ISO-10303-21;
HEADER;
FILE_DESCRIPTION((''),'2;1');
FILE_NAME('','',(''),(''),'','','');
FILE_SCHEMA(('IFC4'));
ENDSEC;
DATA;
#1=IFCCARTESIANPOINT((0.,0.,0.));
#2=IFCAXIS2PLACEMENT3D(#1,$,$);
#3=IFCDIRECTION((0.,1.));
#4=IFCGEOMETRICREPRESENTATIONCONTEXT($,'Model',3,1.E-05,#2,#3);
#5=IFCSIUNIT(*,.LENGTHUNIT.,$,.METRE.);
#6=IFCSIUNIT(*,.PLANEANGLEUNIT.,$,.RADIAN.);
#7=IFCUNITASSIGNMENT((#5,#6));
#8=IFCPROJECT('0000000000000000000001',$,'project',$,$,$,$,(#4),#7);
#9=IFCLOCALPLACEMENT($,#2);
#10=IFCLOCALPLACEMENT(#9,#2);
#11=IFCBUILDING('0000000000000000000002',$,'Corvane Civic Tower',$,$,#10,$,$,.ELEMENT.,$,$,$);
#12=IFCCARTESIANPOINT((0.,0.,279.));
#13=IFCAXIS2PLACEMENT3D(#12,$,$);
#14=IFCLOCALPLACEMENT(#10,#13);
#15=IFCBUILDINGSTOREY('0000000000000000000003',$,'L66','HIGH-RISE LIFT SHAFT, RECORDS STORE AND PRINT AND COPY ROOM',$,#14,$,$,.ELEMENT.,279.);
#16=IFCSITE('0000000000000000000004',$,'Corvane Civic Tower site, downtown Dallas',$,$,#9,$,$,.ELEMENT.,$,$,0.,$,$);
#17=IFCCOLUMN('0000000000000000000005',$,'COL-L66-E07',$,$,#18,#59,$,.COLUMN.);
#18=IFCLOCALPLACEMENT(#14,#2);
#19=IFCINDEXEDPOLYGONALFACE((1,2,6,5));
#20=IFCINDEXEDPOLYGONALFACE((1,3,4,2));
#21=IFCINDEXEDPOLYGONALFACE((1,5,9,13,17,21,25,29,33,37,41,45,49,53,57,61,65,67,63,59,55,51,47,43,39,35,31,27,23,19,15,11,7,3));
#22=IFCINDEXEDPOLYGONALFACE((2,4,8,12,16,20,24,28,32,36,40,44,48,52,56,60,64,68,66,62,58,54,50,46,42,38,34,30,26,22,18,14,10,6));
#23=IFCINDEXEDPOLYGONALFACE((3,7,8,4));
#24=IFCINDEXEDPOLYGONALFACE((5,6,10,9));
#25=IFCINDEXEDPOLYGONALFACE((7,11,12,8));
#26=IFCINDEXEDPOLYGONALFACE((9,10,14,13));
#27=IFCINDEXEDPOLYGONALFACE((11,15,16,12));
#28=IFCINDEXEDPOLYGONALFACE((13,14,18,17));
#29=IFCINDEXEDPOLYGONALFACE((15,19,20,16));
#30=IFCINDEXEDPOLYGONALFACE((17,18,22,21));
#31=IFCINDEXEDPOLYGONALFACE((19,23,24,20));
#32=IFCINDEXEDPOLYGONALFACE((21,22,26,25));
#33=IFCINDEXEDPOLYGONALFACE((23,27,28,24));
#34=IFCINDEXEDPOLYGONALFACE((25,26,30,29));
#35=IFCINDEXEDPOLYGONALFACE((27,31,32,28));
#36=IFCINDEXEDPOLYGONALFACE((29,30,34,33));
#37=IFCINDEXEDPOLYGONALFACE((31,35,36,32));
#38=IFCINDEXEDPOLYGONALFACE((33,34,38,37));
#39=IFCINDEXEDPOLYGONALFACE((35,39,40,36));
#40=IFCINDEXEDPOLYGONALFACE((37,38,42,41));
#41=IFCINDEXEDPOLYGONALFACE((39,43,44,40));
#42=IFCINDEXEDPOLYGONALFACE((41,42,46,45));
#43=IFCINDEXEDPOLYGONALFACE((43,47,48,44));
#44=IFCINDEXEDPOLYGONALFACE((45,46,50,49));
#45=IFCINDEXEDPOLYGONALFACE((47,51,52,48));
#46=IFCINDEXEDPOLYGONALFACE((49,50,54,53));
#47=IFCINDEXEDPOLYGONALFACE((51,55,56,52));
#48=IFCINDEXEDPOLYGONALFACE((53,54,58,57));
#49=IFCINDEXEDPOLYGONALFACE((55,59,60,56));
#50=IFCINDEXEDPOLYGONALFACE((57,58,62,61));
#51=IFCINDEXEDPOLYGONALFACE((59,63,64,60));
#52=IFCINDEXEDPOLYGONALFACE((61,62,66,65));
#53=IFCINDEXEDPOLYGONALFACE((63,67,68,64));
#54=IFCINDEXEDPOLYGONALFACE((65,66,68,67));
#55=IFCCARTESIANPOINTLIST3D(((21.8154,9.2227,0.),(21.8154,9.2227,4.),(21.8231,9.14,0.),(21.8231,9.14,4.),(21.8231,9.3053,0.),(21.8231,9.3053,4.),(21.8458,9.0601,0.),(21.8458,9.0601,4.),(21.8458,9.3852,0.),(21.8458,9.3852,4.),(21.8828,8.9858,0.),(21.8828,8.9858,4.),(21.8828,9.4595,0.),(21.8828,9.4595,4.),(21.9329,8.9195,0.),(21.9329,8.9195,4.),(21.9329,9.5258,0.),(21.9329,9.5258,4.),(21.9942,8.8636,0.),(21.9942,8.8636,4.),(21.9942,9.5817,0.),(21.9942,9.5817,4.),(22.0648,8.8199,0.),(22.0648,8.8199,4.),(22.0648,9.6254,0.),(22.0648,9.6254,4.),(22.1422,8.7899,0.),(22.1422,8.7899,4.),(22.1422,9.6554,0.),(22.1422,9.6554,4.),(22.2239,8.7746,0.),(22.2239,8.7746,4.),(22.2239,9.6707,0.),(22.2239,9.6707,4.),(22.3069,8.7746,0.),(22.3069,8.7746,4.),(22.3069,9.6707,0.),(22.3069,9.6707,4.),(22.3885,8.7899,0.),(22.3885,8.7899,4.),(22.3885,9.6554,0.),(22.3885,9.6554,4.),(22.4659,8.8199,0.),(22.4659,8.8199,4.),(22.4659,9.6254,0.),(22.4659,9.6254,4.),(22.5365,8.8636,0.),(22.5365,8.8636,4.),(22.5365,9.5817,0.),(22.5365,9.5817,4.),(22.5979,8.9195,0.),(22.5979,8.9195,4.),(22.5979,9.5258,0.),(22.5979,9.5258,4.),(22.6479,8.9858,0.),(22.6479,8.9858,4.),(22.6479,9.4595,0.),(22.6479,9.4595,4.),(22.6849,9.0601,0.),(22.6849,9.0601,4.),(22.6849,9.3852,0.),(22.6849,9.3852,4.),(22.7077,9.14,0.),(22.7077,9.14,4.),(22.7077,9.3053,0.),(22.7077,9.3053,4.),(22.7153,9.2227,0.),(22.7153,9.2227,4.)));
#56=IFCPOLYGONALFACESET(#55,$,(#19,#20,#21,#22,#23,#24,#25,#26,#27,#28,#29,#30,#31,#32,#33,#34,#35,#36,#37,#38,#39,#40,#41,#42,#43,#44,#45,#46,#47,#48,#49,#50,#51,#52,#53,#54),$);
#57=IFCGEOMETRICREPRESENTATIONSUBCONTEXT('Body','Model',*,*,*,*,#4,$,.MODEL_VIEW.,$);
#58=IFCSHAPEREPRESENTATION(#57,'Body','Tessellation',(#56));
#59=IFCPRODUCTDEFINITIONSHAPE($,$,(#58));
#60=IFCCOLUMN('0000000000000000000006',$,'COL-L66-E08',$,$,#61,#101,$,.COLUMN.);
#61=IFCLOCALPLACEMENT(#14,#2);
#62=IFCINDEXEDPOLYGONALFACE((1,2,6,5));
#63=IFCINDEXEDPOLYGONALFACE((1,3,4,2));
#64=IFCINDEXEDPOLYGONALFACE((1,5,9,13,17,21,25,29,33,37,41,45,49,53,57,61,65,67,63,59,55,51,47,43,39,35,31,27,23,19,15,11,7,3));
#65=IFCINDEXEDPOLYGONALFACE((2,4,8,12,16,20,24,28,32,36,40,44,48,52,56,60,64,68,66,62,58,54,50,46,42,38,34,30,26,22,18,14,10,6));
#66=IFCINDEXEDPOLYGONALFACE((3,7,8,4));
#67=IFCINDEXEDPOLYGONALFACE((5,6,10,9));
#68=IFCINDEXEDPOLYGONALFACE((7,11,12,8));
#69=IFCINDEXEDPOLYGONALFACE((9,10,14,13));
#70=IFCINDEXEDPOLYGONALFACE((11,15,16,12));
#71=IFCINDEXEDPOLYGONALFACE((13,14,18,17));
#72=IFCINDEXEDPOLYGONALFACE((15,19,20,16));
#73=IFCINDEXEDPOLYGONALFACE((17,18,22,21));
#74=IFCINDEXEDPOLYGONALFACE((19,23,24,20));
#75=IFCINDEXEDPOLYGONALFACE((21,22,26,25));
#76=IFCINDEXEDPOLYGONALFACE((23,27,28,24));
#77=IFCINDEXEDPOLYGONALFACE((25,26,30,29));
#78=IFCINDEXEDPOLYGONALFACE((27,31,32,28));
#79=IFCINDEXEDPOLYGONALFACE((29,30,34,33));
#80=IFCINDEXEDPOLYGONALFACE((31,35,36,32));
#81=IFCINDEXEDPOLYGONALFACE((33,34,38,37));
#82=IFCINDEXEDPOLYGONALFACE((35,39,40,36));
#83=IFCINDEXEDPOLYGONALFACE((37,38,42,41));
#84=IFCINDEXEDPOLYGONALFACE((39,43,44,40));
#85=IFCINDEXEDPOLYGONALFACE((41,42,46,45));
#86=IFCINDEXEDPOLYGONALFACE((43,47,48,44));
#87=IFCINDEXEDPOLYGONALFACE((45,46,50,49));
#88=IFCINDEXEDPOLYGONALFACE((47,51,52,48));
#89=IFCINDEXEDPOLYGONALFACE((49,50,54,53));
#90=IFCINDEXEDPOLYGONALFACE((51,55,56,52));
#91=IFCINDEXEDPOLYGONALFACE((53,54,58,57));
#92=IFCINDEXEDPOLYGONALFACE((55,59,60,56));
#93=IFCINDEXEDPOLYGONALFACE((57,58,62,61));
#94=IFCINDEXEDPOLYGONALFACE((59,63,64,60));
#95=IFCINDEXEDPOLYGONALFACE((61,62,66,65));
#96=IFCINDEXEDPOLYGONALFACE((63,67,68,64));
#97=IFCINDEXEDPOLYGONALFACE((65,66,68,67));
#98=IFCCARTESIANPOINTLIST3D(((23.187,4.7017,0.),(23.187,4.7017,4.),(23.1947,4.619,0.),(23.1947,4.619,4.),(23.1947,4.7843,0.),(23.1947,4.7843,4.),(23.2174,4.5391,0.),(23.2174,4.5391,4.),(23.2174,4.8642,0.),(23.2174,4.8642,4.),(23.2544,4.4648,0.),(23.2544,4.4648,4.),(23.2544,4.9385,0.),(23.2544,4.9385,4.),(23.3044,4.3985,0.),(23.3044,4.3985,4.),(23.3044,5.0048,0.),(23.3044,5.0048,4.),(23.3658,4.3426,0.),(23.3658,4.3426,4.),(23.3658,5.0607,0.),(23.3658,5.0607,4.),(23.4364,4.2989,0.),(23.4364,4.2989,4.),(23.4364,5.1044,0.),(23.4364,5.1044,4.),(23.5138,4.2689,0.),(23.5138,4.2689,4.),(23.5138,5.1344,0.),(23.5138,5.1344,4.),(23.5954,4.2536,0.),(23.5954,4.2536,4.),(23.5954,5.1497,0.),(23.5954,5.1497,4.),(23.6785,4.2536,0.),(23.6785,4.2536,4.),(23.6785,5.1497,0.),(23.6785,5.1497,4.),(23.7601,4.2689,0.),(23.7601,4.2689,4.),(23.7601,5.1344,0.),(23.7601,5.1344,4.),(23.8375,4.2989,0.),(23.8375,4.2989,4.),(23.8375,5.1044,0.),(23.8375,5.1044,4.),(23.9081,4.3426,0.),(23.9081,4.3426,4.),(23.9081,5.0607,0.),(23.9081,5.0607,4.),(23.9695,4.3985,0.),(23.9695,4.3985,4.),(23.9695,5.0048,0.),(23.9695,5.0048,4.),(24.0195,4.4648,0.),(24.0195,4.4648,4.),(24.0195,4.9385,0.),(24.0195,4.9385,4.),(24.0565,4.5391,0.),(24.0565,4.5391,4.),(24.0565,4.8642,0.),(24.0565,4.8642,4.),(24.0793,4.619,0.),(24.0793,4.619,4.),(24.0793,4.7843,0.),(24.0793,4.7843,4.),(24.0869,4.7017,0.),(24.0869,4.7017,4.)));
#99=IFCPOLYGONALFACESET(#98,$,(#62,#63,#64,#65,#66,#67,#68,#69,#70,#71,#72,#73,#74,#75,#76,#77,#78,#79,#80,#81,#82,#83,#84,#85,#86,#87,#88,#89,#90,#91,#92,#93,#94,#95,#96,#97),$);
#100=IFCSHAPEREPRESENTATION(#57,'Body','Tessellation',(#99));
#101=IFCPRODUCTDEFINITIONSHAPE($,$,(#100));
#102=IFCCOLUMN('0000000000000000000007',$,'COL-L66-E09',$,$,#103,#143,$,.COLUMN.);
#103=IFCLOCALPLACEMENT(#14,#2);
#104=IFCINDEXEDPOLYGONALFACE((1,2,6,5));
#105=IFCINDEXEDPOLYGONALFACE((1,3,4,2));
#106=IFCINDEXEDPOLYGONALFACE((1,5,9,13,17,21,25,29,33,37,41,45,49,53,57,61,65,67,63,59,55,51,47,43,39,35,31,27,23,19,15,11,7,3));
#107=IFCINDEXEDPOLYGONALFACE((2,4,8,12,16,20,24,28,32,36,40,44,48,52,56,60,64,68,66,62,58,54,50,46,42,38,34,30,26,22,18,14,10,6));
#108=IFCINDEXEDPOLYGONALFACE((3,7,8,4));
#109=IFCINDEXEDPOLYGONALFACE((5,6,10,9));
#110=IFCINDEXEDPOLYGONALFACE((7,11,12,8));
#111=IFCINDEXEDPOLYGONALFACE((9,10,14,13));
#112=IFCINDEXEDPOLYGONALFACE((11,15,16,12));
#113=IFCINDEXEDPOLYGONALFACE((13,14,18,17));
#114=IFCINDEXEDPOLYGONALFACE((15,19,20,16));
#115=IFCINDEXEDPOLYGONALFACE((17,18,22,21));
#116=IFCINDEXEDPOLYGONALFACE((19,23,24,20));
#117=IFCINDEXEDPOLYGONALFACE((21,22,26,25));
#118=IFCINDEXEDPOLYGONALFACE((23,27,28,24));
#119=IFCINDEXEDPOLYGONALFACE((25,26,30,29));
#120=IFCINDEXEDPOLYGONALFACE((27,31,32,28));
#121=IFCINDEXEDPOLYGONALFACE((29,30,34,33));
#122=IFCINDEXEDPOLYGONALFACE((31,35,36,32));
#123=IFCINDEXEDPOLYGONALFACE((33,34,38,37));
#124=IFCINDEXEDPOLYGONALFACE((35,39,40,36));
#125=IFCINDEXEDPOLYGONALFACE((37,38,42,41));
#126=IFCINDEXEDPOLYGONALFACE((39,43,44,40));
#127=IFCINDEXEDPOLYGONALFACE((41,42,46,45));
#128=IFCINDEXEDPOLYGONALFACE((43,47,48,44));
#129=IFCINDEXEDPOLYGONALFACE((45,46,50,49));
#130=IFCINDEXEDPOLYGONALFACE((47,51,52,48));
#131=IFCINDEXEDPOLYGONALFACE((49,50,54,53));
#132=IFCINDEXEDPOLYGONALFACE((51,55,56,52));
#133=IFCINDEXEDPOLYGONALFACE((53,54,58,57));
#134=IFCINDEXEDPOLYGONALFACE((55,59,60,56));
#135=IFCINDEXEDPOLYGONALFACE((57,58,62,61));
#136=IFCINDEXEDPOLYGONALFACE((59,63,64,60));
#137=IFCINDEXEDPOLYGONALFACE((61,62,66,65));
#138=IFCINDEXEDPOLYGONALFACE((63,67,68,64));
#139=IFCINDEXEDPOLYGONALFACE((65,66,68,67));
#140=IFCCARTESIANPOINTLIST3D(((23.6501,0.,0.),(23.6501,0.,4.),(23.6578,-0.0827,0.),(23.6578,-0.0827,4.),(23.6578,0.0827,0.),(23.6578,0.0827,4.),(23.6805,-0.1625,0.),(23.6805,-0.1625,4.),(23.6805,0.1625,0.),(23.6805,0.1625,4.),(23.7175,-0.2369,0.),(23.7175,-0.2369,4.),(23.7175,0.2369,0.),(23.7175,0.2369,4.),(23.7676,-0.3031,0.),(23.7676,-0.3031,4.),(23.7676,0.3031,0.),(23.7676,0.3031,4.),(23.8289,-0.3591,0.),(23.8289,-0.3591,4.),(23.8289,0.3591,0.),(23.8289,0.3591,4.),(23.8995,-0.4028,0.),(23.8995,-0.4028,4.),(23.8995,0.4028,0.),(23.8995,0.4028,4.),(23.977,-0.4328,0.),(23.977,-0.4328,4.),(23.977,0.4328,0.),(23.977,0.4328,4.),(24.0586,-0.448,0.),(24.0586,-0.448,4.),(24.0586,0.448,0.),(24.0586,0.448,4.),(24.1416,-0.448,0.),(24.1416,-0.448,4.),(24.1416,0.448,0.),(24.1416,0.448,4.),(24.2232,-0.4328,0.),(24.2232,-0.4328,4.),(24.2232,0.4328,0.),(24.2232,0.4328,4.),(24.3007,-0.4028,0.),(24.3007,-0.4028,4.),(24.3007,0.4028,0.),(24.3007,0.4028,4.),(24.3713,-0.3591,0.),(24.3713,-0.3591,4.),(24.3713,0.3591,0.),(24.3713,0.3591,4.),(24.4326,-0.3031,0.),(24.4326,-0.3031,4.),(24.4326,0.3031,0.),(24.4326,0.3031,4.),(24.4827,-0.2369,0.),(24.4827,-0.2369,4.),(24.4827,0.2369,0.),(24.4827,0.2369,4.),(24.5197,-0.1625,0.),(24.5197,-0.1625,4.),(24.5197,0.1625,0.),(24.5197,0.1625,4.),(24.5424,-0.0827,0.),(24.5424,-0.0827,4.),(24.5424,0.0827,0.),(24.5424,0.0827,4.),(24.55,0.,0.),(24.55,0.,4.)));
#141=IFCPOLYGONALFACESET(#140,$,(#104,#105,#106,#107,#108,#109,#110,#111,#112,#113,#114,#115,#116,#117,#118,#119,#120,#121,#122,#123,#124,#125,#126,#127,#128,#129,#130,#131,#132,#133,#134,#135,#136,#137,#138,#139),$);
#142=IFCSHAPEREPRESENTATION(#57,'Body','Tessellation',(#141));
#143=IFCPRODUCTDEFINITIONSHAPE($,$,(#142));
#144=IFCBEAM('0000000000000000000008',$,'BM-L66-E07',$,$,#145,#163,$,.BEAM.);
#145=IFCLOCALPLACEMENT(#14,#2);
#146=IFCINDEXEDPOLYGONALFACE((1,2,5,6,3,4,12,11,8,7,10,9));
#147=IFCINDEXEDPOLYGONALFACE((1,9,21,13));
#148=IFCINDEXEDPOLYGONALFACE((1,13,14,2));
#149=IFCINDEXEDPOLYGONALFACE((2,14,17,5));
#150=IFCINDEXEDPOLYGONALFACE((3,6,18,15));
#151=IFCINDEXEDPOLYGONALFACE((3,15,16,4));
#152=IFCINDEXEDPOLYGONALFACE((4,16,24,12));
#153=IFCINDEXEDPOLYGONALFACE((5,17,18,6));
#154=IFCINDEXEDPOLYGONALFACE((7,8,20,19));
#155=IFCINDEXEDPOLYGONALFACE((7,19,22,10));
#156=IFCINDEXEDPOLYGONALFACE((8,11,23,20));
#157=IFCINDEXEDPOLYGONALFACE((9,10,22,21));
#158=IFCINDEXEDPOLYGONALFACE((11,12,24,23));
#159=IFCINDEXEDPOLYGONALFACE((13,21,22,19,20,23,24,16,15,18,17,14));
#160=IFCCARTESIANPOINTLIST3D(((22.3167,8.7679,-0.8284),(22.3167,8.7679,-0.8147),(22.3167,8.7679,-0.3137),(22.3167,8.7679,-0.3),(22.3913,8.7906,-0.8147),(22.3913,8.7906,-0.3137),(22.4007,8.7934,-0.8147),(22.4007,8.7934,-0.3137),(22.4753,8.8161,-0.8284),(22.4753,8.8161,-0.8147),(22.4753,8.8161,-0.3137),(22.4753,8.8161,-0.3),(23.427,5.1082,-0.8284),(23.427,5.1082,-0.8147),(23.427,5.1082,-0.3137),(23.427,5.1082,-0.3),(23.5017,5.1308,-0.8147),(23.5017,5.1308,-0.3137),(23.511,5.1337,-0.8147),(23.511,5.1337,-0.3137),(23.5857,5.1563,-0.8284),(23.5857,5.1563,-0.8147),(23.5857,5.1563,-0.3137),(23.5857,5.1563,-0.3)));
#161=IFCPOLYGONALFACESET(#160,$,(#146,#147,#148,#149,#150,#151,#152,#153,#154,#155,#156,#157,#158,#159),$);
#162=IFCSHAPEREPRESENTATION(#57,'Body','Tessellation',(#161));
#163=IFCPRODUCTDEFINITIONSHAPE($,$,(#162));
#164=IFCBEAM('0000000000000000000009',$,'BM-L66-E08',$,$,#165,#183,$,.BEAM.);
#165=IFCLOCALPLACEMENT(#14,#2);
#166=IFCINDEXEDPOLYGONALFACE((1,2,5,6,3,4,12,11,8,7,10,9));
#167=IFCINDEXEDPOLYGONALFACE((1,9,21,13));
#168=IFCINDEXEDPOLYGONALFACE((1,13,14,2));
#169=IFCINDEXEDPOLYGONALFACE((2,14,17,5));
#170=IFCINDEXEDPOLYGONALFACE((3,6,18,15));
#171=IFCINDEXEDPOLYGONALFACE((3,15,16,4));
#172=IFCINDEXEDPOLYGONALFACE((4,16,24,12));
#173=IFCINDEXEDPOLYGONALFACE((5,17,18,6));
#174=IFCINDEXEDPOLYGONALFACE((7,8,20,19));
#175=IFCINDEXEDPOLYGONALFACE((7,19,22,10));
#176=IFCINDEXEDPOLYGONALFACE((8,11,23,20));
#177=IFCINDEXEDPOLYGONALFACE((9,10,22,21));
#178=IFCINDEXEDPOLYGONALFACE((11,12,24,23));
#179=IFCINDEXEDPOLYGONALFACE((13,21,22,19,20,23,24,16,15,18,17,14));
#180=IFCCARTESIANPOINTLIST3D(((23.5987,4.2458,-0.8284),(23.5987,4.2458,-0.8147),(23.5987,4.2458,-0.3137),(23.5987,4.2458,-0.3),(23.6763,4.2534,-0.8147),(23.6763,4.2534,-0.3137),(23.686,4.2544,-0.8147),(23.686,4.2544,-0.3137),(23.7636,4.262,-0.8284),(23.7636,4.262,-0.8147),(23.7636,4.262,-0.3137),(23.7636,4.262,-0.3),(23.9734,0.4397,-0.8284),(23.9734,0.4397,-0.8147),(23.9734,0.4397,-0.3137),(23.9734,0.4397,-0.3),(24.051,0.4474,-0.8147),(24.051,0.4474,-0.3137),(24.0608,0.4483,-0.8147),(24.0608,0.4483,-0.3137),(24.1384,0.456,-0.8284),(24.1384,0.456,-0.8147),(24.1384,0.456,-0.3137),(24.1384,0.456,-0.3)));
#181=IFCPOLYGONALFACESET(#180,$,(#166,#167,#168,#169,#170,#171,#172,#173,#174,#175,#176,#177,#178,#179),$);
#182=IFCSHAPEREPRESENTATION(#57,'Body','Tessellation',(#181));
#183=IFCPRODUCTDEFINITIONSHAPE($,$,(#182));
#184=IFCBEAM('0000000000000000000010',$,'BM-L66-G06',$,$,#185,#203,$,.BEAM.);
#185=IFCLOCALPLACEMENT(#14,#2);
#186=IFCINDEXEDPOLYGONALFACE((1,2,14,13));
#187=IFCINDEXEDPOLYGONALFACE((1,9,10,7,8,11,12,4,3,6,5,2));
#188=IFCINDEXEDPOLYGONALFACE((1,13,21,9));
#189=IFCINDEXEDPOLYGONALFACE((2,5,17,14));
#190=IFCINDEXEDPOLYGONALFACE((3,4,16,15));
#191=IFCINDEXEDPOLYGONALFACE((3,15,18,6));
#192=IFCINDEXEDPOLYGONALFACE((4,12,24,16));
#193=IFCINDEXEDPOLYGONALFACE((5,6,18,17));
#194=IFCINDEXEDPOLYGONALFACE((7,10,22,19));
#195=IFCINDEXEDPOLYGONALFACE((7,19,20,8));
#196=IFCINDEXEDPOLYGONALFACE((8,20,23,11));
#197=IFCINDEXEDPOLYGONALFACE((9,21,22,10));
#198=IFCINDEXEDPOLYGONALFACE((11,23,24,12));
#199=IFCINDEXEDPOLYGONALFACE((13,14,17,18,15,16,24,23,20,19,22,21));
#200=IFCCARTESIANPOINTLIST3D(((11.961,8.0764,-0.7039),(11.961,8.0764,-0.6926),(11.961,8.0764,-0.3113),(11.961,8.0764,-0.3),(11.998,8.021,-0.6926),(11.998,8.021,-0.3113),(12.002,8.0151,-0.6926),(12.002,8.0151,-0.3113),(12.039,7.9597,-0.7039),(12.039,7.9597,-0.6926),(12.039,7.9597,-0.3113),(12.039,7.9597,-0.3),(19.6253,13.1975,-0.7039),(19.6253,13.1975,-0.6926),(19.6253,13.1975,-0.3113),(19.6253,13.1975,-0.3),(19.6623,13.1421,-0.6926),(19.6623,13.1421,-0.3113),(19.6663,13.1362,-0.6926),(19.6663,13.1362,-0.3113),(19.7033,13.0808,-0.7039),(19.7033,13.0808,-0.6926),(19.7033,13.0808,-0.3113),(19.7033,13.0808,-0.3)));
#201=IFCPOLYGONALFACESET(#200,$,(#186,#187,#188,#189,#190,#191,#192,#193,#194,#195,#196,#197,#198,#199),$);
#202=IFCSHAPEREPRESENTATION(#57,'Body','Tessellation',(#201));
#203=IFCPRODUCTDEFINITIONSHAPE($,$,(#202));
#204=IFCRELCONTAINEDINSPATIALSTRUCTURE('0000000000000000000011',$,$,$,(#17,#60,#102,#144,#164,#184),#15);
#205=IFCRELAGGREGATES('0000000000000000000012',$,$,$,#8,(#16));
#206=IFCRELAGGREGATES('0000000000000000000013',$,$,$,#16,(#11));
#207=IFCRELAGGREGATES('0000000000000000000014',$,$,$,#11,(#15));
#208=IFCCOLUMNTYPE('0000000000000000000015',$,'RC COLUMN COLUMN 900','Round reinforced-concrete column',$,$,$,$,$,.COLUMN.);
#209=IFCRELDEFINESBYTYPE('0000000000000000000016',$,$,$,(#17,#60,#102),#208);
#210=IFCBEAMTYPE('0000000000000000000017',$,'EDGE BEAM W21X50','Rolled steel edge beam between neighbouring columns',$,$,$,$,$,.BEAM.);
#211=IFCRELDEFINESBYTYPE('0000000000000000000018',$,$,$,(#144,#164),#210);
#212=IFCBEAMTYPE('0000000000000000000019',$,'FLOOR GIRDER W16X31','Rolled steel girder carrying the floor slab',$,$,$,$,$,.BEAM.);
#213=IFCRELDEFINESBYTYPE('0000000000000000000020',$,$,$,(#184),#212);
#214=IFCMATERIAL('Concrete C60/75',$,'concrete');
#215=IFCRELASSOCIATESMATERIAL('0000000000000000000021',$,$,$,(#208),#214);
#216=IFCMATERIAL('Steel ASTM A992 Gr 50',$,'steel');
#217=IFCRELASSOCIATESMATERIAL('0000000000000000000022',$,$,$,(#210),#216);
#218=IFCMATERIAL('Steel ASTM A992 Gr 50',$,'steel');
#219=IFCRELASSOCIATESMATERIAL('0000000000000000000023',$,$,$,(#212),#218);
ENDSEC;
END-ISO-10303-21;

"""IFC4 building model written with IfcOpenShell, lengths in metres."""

from ifc_helpers import new_model, si_unit, direction, frame, origin, origin_2d, place, context, subcontext, project, spatial, circle, i_section, extrude, material, material_profile, profile_set, type_object, element, save


model = new_model("IFC4")

# Units and contexts
model_context = context("Model", 3, precision=1e-05, world=origin(), true_north=direction((0.0, 1.0)))
body_context = subcontext(model_context, "Body", "Model", "MODEL_VIEW")
ifc_project = project(units=[si_unit("LENGTHUNIT", "METRE"), si_unit("PLANEANGLEUNIT", "RADIAN")], contexts=[model_context])

# Site, building, storey
site_placement = place(None, origin())
site = spatial("IfcSite", under=ifc_project, at=site_placement, Name="Corvane Civic Tower site, downtown Dallas", CompositionType="ELEMENT", RefElevation=0.0)
building_placement = place(site_placement, origin())
building = spatial("IfcBuilding", under=site, at=building_placement, Name="Corvane Civic Tower", CompositionType="ELEMENT")
storey_placement = place(building_placement, frame((0.0, 0.0, 279.0)))
storey = spatial("IfcBuildingStorey", under=building, at=storey_placement, Name="L66", Description="HIGH-RISE LIFT SHAFT, RECORDS STORE AND PRINT AND COPY ROOM", CompositionType="ELEMENT", Elevation=279.0)

# Columns
ifc_material_1 = material(Name="Concrete C60/75", Category="concrete")
ifc_material_profile_1 = material_profile(ifc_material_1, circle(Radius=0.45, at=origin_2d()), Name="COLUMN 900")
ifc_profile_set_1 = profile_set([ifc_material_profile_1], Name="Concrete C60/75")
column_type = type_object("IfcColumnType", Name="RC COLUMN COLUMN 900", Description="Round reinforced-concrete column", PredefinedType="COLUMN", material=ifc_profile_set_1)
for number, where, z_axis, x_axis, name in (
    (1, (22.2654, 9.2227, 0.0), (0.0, 0.0, 1.0), (1.0, 0.0, 0.0), "COL-L66-E07"),
    (2, (23.637, 4.7017, 0.0), (0.0, 0.0, 1.0), (1.0, 0.0, 0.0), "COL-L66-E08"),
    (3, (24.1001, 0.0, 0.0), (0.0, 0.0, 1.0), (1.0, 0.0, 0.0), "COL-L66-E09"),
):
    element("IfcColumn", number, at=place(storey_placement, frame(where, z_axis=z_axis, x_axis=x_axis)), inside=storey, type_object=column_type, Name=name, PredefinedType="COLUMN", context=body_context, shape_type="SweptSolid", body=[
        extrude(circle(Radius=0.45, at=origin_2d()), origin(), (0.0, 0.0, 1.0), 4.0),
    ])

# Beams
ifc_material_2 = material(Name="Steel ASTM A992 Gr 50", Category="steel")
ifc_material_profile_2 = material_profile(ifc_material_2, i_section(OverallWidth=0.1658, OverallDepth=0.5283, WebThickness=0.0098, FlangeThickness=0.0137, at=origin_2d()), Name="W21X50")
ifc_profile_set_2 = profile_set([ifc_material_profile_2], Name="Steel ASTM A992 Gr 50")
beam_type_1 = type_object("IfcBeamType", Name="EDGE BEAM W21X50", Description="Rolled steel edge beam between neighbouring columns", PredefinedType="BEAM", material=ifc_profile_set_2)
for number, where, z_axis, x_axis, name in (
    (4, (22.396, 8.792, -0.5642), (0.290333, -0.956926, 0.0), (0.956926, 0.290333, 0.0), "BM-L66-E07"),
    (5, (23.6812, 4.2539, -0.5642), (0.097987, -0.995188, 0.0), (0.995188, 0.097987, 0.0), "BM-L66-E08"),
):
    element("IfcBeam", number, at=place(storey_placement, frame(where, z_axis=z_axis, x_axis=x_axis)), inside=storey, type_object=beam_type_1, Name=name, PredefinedType="BEAM", context=body_context, shape_type="SweptSolid", body=[
        extrude(i_section(OverallWidth=0.1658, OverallDepth=0.5283, WebThickness=0.0098, FlangeThickness=0.0137, at=origin_2d()), origin(), (0.0, 0.0, 1.0), 3.8245),
    ])
ifc_material_3 = material(Name="Steel ASTM A992 Gr 50", Category="steel")
ifc_material_profile_3 = material_profile(ifc_material_3, i_section(OverallWidth=0.1404, OverallDepth=0.4038, WebThickness=0.0071, FlangeThickness=0.0112, at=origin_2d()), Name="W16X31")
ifc_profile_set_3 = profile_set([ifc_material_profile_3], Name="Steel ASTM A992 Gr 50")
beam_type_2 = type_object("IfcBeamType", Name="FLOOR GIRDER W16X31", Description="Rolled steel girder carrying the floor slab", PredefinedType="BEAM", material=ifc_profile_set_3)
beam_1_placement = place(storey_placement, frame((12.0, 8.0181, -0.502), z_axis=(0.831471, 0.555568, 0.0), x_axis=(-0.555568, 0.831471, 0.0)))
element("IfcBeam", 6, at=beam_1_placement, inside=storey, type_object=beam_type_2, Name="BM-L66-G06", PredefinedType="BEAM", context=body_context, shape_type="SweptSolid", body=[
    extrude(i_section(OverallWidth=0.1404, OverallDepth=0.4038, WebThickness=0.0071, FlangeThickness=0.0112, at=origin_2d()), origin(), (0.0, 0.0, 1.0), 9.2178),
])

save(model, "model.ifc")
